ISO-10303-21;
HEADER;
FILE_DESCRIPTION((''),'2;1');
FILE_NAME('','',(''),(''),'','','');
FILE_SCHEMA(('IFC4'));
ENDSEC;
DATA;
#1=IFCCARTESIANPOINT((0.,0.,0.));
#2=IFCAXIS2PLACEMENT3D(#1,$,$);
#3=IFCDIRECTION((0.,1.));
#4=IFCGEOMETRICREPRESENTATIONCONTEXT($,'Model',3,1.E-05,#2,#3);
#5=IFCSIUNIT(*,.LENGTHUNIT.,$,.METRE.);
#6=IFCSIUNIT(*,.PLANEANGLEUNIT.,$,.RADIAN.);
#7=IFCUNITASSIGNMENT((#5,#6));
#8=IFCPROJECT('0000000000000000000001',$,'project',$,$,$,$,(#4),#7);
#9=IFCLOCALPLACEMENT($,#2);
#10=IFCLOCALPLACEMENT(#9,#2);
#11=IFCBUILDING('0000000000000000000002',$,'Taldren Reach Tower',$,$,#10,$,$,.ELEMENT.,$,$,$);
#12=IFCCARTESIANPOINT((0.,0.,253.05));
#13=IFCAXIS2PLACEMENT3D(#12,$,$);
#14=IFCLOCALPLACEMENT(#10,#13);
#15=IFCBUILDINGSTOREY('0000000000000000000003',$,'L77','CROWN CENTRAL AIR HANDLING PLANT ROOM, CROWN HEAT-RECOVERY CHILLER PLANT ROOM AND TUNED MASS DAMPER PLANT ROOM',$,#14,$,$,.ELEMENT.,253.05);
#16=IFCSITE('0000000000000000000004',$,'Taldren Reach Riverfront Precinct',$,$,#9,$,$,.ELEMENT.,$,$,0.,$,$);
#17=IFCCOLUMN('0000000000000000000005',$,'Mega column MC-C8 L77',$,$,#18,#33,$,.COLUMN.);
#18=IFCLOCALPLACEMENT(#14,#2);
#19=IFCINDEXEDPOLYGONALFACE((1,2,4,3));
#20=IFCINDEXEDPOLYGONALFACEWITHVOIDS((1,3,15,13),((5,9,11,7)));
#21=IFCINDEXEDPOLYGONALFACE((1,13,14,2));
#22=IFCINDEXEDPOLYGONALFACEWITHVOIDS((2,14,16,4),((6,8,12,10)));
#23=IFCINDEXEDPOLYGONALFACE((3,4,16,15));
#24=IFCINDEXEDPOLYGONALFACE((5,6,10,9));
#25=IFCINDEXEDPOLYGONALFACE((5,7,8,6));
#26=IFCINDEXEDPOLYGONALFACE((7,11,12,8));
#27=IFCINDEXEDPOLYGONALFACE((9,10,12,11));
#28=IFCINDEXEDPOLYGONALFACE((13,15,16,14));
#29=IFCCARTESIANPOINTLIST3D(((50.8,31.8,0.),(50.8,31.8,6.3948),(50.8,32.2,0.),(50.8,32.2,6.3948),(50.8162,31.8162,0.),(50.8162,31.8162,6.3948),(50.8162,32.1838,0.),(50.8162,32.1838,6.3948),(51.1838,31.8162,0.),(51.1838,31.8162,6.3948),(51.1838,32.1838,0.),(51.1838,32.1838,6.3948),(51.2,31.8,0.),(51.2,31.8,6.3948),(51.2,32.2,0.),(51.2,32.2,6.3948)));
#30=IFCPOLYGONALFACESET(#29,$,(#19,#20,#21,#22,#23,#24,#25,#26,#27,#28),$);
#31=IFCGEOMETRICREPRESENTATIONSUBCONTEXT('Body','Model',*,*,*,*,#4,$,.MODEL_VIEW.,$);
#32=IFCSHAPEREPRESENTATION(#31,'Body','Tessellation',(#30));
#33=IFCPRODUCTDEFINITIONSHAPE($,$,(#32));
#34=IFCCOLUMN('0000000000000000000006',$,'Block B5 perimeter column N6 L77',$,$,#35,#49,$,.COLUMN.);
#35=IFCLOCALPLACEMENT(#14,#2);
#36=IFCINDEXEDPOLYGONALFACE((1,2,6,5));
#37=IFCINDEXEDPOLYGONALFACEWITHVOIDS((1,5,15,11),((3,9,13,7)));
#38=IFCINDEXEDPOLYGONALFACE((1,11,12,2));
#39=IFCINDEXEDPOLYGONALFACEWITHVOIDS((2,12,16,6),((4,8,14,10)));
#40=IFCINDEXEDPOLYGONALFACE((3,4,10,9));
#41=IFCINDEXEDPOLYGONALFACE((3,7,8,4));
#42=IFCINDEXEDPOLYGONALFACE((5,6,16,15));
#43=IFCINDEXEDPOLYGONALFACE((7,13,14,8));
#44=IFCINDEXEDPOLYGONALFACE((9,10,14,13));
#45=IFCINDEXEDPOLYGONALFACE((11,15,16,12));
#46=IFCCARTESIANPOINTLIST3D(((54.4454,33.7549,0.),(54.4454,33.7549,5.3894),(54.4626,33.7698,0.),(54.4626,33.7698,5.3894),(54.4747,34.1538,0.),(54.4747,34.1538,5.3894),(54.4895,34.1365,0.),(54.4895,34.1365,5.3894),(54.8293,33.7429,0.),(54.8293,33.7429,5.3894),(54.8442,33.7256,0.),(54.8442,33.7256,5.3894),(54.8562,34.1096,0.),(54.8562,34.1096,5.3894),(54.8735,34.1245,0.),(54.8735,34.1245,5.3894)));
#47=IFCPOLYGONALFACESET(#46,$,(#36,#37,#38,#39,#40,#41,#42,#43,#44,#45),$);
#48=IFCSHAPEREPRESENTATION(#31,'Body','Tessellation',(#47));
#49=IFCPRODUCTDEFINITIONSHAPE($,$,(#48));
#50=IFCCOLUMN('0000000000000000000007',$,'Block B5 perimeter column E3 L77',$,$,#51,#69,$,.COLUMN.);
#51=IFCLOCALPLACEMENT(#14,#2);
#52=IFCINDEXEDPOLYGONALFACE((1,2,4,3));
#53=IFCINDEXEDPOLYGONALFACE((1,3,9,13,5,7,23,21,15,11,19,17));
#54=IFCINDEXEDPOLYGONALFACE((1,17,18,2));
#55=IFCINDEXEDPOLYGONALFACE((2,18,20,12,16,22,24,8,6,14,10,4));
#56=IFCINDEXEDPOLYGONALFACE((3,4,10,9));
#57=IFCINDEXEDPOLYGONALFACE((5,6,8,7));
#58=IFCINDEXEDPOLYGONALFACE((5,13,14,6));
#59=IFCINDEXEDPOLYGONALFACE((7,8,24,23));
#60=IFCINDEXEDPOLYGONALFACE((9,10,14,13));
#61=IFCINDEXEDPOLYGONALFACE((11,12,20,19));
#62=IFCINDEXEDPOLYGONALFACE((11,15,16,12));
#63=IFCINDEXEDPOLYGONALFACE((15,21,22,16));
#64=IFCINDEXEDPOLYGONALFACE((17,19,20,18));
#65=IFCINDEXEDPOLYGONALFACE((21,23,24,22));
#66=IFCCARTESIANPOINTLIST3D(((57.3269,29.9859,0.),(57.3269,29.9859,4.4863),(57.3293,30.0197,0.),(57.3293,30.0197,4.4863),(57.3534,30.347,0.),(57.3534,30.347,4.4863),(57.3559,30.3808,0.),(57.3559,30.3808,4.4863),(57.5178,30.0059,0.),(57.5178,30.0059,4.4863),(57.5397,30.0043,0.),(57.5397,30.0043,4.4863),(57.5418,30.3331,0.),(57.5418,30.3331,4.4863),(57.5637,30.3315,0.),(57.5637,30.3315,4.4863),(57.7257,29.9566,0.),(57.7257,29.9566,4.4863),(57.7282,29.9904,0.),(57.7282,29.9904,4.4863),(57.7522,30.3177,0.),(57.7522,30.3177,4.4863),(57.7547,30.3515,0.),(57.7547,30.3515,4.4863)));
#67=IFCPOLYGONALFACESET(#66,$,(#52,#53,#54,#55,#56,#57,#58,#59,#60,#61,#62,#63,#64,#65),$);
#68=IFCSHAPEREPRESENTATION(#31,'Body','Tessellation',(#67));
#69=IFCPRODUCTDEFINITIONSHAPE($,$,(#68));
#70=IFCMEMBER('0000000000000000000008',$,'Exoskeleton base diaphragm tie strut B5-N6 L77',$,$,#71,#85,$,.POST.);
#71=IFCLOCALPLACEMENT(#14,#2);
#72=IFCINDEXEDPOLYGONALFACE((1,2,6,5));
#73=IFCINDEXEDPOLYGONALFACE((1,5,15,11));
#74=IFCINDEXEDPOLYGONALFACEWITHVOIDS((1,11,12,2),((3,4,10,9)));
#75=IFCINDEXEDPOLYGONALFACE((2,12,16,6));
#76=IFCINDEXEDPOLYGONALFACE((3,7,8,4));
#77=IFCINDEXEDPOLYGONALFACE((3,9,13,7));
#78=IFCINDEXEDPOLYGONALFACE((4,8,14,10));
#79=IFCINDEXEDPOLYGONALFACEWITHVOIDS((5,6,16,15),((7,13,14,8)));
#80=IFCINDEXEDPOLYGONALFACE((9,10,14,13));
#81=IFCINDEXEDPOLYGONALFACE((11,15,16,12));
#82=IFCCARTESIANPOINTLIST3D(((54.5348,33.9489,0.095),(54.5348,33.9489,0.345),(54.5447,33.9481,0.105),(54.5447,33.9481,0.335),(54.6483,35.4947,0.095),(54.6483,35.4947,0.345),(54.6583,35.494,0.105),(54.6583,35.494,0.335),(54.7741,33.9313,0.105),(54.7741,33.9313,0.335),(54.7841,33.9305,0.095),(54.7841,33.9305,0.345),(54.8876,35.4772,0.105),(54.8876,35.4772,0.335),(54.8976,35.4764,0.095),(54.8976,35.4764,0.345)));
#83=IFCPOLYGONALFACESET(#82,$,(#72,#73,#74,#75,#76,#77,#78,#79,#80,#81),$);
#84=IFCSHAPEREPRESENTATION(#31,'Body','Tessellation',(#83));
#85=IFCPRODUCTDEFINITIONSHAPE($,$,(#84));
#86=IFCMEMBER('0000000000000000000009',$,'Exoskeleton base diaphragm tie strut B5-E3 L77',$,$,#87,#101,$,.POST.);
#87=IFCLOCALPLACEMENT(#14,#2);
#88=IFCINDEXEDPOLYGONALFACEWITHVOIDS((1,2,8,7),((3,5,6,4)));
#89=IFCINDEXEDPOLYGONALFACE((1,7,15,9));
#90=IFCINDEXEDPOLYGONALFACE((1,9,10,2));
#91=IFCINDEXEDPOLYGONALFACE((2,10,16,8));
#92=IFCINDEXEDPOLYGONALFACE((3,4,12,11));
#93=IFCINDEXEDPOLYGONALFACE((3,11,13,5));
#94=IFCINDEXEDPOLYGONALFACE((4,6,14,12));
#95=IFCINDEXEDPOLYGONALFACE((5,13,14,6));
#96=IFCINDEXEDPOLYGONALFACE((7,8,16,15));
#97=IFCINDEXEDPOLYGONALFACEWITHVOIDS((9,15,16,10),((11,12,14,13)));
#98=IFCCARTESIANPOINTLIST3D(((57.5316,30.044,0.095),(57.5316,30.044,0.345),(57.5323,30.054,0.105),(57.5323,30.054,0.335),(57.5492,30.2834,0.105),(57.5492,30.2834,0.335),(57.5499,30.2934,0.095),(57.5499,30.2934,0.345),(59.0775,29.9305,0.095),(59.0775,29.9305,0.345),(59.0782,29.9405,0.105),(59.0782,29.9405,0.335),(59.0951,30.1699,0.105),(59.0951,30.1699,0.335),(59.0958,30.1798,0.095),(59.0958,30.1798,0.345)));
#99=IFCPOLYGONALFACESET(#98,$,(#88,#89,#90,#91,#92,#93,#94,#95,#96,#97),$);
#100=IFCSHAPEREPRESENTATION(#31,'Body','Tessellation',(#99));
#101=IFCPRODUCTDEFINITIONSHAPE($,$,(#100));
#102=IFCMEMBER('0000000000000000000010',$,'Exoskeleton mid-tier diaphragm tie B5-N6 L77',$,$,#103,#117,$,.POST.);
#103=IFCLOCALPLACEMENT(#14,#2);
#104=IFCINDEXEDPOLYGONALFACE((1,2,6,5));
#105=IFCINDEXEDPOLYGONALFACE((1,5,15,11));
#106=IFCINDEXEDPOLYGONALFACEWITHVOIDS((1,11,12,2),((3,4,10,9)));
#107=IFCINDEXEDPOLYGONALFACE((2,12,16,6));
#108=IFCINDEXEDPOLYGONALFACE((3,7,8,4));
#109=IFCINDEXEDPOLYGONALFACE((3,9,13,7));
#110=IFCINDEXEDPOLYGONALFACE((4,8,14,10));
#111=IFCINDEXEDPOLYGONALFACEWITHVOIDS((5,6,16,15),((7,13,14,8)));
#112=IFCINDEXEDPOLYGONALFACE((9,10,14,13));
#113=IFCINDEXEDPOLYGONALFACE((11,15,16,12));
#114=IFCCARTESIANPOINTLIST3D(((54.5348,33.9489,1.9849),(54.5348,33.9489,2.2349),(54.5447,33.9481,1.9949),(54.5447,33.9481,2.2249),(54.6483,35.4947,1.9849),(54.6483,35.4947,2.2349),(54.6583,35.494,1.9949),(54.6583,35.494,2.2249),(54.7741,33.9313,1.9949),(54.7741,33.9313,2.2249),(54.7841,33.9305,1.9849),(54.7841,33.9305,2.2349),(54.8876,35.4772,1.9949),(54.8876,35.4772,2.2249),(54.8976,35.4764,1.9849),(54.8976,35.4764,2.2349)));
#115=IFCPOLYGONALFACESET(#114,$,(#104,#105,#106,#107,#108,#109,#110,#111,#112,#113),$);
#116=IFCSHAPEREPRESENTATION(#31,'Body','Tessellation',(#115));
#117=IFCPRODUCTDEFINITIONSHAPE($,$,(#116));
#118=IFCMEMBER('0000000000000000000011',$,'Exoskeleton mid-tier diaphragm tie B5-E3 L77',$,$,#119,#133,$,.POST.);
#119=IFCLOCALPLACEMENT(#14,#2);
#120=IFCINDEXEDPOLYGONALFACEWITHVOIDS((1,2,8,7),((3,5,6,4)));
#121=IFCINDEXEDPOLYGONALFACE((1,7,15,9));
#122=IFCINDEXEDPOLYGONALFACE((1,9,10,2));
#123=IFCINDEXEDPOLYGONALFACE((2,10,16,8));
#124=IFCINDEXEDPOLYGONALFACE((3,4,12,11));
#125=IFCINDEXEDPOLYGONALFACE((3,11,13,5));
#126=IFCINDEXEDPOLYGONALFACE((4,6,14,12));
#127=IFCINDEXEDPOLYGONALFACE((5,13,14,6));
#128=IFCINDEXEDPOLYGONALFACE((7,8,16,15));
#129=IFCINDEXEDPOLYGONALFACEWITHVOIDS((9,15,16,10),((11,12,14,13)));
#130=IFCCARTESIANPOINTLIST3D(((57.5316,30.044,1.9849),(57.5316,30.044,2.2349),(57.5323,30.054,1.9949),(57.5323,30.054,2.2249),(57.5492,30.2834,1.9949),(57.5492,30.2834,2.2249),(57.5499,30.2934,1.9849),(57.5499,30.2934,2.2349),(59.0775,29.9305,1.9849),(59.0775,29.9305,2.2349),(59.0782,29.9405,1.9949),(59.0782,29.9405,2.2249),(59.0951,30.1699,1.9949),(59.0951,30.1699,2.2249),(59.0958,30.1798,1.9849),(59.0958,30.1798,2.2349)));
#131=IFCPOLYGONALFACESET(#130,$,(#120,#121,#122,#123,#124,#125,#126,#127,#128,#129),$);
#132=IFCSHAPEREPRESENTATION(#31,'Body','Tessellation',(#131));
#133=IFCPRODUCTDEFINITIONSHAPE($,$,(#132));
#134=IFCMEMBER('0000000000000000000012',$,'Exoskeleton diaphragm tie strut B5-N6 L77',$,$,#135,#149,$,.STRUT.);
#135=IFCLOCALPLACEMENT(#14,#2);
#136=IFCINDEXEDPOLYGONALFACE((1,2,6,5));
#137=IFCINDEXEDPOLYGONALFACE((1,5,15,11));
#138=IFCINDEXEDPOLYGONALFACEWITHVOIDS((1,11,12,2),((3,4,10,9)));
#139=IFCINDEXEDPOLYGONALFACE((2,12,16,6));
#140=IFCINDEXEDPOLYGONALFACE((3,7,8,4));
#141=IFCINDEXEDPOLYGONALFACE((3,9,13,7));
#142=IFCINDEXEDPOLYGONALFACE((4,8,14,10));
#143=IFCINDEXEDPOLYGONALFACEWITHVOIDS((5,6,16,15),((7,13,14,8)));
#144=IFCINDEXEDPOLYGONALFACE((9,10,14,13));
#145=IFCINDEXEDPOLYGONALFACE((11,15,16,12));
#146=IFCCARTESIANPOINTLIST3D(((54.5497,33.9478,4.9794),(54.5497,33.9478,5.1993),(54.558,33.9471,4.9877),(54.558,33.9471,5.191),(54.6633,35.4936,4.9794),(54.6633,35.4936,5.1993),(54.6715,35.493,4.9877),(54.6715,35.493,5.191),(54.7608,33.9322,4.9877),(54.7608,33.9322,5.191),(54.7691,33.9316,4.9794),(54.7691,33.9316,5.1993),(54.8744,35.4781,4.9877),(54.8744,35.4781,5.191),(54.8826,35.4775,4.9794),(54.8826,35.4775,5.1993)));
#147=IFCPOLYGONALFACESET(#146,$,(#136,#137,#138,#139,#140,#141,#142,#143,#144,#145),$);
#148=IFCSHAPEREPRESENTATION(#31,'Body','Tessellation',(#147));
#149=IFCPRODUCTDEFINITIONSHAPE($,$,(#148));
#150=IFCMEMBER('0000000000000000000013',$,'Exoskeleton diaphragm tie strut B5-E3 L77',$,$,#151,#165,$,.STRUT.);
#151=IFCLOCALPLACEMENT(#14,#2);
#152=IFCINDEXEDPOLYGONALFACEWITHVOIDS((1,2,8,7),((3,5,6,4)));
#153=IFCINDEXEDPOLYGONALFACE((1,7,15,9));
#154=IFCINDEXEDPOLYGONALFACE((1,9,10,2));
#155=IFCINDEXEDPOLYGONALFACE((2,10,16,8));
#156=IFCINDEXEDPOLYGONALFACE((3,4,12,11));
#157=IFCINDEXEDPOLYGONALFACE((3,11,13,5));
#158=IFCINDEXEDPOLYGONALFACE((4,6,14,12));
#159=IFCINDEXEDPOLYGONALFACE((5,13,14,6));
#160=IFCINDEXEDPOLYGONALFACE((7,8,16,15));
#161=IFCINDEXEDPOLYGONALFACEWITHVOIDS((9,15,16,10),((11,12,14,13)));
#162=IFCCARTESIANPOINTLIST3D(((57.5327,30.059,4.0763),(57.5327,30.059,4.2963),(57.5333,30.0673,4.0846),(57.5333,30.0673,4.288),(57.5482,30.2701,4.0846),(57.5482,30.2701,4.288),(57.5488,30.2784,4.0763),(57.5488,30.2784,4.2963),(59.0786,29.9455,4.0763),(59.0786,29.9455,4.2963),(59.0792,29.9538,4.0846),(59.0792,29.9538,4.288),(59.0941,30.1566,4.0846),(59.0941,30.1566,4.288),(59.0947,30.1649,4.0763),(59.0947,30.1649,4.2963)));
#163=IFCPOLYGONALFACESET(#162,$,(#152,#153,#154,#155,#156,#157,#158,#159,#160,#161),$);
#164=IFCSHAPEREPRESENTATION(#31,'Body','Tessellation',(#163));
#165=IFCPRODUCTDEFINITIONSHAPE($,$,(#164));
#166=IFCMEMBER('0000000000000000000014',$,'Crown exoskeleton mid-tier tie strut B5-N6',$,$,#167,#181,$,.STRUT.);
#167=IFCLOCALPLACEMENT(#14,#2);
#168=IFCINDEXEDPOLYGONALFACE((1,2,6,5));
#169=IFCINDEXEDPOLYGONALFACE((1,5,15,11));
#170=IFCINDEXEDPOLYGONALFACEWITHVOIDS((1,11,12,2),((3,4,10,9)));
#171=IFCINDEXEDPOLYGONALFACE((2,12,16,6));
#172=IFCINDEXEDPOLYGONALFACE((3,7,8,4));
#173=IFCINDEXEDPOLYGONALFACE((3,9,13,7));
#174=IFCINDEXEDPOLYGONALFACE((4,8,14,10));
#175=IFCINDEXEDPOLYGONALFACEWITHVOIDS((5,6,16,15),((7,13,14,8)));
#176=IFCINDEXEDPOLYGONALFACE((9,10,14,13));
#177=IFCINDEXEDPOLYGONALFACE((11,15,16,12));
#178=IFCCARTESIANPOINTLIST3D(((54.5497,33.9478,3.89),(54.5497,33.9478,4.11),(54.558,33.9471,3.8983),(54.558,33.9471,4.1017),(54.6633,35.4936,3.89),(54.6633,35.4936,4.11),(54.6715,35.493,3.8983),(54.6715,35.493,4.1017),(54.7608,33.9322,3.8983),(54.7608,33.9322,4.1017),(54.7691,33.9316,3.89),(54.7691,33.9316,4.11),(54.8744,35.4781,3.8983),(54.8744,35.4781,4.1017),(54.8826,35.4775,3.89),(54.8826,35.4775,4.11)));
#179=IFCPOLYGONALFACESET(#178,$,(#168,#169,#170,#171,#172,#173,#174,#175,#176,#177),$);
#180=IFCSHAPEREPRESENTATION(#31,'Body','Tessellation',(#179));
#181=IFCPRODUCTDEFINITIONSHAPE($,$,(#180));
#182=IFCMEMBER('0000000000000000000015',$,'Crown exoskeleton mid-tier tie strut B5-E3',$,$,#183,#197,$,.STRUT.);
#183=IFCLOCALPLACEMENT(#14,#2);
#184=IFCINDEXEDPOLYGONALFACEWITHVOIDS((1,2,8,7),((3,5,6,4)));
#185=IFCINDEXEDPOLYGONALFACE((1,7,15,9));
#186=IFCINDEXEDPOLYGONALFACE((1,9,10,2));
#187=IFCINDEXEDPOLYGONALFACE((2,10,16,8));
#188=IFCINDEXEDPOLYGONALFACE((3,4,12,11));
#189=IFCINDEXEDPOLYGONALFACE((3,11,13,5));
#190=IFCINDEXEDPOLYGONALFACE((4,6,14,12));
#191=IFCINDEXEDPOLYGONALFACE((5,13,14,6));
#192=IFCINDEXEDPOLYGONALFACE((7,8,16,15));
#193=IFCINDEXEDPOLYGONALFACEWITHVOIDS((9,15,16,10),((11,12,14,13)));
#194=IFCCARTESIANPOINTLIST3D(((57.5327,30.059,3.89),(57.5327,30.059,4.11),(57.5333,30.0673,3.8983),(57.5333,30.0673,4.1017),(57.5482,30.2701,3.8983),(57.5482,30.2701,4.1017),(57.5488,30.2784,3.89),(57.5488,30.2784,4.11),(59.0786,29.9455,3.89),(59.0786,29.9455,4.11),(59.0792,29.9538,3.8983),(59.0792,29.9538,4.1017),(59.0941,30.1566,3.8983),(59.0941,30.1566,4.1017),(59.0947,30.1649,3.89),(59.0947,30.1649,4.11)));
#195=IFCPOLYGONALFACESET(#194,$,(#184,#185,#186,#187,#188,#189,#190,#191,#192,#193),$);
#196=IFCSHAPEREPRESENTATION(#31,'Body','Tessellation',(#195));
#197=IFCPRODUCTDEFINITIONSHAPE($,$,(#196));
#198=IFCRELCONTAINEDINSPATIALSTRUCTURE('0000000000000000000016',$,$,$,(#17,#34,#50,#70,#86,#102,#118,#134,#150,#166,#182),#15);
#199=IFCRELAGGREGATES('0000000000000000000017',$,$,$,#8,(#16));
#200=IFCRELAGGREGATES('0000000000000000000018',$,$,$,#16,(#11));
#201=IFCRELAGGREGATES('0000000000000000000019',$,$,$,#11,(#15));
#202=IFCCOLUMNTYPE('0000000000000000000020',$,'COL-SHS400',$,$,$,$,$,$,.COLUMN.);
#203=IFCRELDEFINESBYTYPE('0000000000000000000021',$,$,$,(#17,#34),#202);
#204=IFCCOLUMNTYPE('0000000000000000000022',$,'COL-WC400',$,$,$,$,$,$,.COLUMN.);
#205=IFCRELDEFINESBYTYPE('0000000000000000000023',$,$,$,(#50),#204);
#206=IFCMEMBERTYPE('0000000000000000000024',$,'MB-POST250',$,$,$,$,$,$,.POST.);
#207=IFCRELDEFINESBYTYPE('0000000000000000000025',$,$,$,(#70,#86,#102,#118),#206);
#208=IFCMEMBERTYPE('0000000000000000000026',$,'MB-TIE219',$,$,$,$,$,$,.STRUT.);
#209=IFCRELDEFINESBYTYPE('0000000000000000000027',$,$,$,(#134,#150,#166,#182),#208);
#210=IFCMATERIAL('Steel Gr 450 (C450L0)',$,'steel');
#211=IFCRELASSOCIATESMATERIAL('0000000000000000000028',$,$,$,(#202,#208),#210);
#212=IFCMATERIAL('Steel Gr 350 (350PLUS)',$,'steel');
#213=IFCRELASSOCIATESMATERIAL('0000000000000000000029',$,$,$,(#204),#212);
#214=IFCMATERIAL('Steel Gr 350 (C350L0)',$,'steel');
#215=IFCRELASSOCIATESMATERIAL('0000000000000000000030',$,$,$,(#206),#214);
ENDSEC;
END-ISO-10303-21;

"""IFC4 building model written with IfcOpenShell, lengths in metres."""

from ifc_helpers import new_model, si_unit, direction, frame, origin, origin_2d, place, context, subcontext, project, spatial, hollow_rectangle, i_section, extrude, source, transform, mapped, material, material_profile, profile_set, type_object, element, save


model = new_model("IFC4")

# Units and contexts
model_context = context("Model", 3, precision=1e-05, world=origin(), true_north=direction((0.0, 1.0)))
body_context = subcontext(model_context, "Body", "Model", "MODEL_VIEW")
ifc_project = project(units=[si_unit("LENGTHUNIT", "METRE"), si_unit("PLANEANGLEUNIT", "RADIAN")], contexts=[model_context])

# Site, building, storey
site_placement = place(None, origin())
site = spatial("IfcSite", under=ifc_project, at=site_placement, Name="Taldren Reach Riverfront Precinct", CompositionType="ELEMENT", RefElevation=0.0)
building_placement = place(site_placement, origin())
building = spatial("IfcBuilding", under=site, at=building_placement, Name="Taldren Reach Tower", CompositionType="ELEMENT")
storey_placement = place(building_placement, frame((0.0, 0.0, 253.05)))
storey = spatial("IfcBuildingStorey", under=building, at=storey_placement, Name="L77", Description="CROWN CENTRAL AIR HANDLING PLANT ROOM, CROWN HEAT-RECOVERY CHILLER PLANT ROOM AND TUNED MASS DAMPER PLANT ROOM", CompositionType="ELEMENT", Elevation=253.05)

# Columns
ifc_material_1 = material(Name="Steel Gr 450 (C450L0)", Category="steel")
ifc_material_profile_1 = material_profile(ifc_material_1, hollow_rectangle(XDim=0.3999, YDim=0.3999, WallThickness=0.0161, at=origin_2d()), Name="400x400x16.0SHS")
ifc_profile_set_1 = profile_set([ifc_material_profile_1], Name="Steel Gr 450 (C450L0)")
column_type_1 = type_object("IfcColumnType", Name="COL-SHS400", PredefinedType="COLUMN", material=ifc_profile_set_1)
shared_shape_1 = source(origin(), body_context, "Body", "SweptSolid", [
    extrude(hollow_rectangle(XDim=0.3999, YDim=0.3999, WallThickness=0.0161, at=origin_2d()), origin(), (0.0, 0.0, 1.0), 6.3948),
])
column_1_placement = place(storey_placement, frame((51.0, 32.0, 0.0), z_axis=(0.0, 0.0, 1.0), x_axis=(1.0, 0.0, 0.0)))
element("IfcColumn", 1, at=column_1_placement, inside=storey, type_object=column_type_1, Name="Mega column MC-C8 L77", PredefinedType="COLUMN", context=body_context, shape_type="MappedRepresentation", body=[
    mapped(shared_shape_1, transform((0.0, 0.0, 0.0), scale=1.0)),
])
shared_shape_2 = source(origin(), body_context, "Body", "SweptSolid", [
    extrude(hollow_rectangle(XDim=0.3999, YDim=0.3999, WallThickness=0.0161, at=origin_2d()), origin(), (0.0, 0.0, 1.0), 5.3894),
])
column_2_placement = place(storey_placement, frame((54.6594, 33.9397, 0.0), z_axis=(0.0, 0.0, 1.0), x_axis=(0.997314, -0.073238, 0.0)))
element("IfcColumn", 2, at=column_2_placement, inside=storey, type_object=column_type_1, Name="Block B5 perimeter column N6 L77", PredefinedType="COLUMN", context=body_context, shape_type="MappedRepresentation", body=[
    mapped(shared_shape_2, transform((0.0, 0.0, 0.0), scale=1.0)),
])
ifc_material_2 = material(Name="Steel Gr 350 (350PLUS)", Category="steel")
ifc_material_profile_2 = material_profile(ifc_material_2, i_section(OverallWidth=0.3999, OverallDepth=0.396, WebThickness=0.022, FlangeThickness=0.0339, at=origin_2d()), Name="400WC270")
ifc_profile_set_2 = profile_set([ifc_material_profile_2], Name="Steel Gr 350 (350PLUS)")
column_type_2 = type_object("IfcColumnType", Name="COL-WC400", PredefinedType="COLUMN", material=ifc_profile_set_2)
shared_shape_3 = source(origin(), body_context, "Body", "SweptSolid", [
    extrude(i_section(OverallWidth=0.3999, OverallDepth=0.396, WebThickness=0.022, FlangeThickness=0.0339, at=origin_2d()), origin(), (0.0, 0.0, 1.0), 4.4863),
])
column_3_placement = place(storey_placement, frame((57.5408, 30.1687, 0.0), z_axis=(0.0, 0.0, 1.0), x_axis=(0.997314, -0.073238, 0.0)))
element("IfcColumn", 3, at=column_3_placement, inside=storey, type_object=column_type_2, Name="Block B5 perimeter column E3 L77", PredefinedType="COLUMN", context=body_context, shape_type="MappedRepresentation", body=[
    mapped(shared_shape_3, transform((0.0, 0.0, 0.0), scale=1.0)),
])

# Members
ifc_material_3 = material(Name="Steel Gr 350 (C350L0)", Category="steel")
ifc_material_profile_3 = material_profile(ifc_material_3, hollow_rectangle(XDim=0.25, YDim=0.25, WallThickness=0.01, at=origin_2d()), Name="250x250x10.0SHS")
ifc_profile_set_3 = profile_set([ifc_material_profile_3], Name="Steel Gr 350 (C350L0)")
member_type_1 = type_object("IfcMemberType", Name="MB-POST250", PredefinedType="POST", material=ifc_profile_set_3)
shared_shape_4 = source(origin(), body_context, "Body", "SweptSolid", [
    extrude(hollow_rectangle(XDim=0.25, YDim=0.25, WallThickness=0.01, at=origin_2d()), origin(), (0.0, 0.0, 1.0), 1.55),
])
for number, where, z_axis, x_axis, name in (
    (4, (54.6594, 33.9397, 0.22), (0.073239, 0.997314, 0.0), (-0.997314, 0.073239, 0.0), "Exoskeleton base diaphragm tie strut B5-N6 L77"),
    (5, (57.5408, 30.1687, 0.22), (0.997314, -0.073239, 0.0), (0.073239, 0.997314, 0.0), "Exoskeleton base diaphragm tie strut B5-E3 L77"),
    (6, (54.6594, 33.9397, 2.1099), (0.073239, 0.997314, 0.0), (-0.997314, 0.073239, 0.0), "Exoskeleton mid-tier diaphragm tie B5-N6 L77"),
    (7, (57.5408, 30.1687, 2.1099), (0.997314, -0.073239, 0.0), (0.073239, 0.997314, 0.0), "Exoskeleton mid-tier diaphragm tie B5-E3 L77"),
):
    element("IfcMember", number, at=place(storey_placement, frame(where, z_axis=z_axis, x_axis=x_axis)), inside=storey, type_object=member_type_1, Name=name, PredefinedType="POST", context=body_context, shape_type="MappedRepresentation", body=[
        mapped(shared_shape_4, transform((0.0, 0.0, 0.0), scale=1.0)),
    ])
ifc_material_profile_4 = material_profile(ifc_material_1, hollow_rectangle(XDim=0.22, YDim=0.22, WallThickness=0.0083, at=origin_2d()), Name="220x220x8.2SHS")
ifc_profile_set_4 = profile_set([ifc_material_profile_4], Name="Steel Gr 450 (C450L0)")
member_type_2 = type_object("IfcMemberType", Name="MB-TIE219", PredefinedType="STRUT", material=ifc_profile_set_4)
shared_shape_5 = source(origin(), body_context, "Body", "SweptSolid", [
    extrude(hollow_rectangle(XDim=0.22, YDim=0.22, WallThickness=0.0083, at=origin_2d()), origin(), (0.0, 0.0, 1.0), 1.55),
])
for number, where, z_axis, x_axis, name in (
    (8, (54.6594, 33.9397, 5.0894), (0.073239, 0.997314, 0.0), (-0.997314, 0.073239, 0.0), "Exoskeleton diaphragm tie strut B5-N6 L77"),
    (9, (57.5408, 30.1687, 4.1863), (0.997314, -0.073239, 0.0), (0.073239, 0.997314, 0.0), "Exoskeleton diaphragm tie strut B5-E3 L77"),
    (10, (54.6594, 33.9397, 4.0), (0.073239, 0.997314, 0.0), (-0.997314, 0.073239, 0.0), "Crown exoskeleton mid-tier tie strut B5-N6"),
    (11, (57.5408, 30.1687, 4.0), (0.997314, -0.073239, 0.0), (0.073239, 0.997314, 0.0), "Crown exoskeleton mid-tier tie strut B5-E3"),
):
    element("IfcMember", number, at=place(storey_placement, frame(where, z_axis=z_axis, x_axis=x_axis)), inside=storey, type_object=member_type_2, Name=name, PredefinedType="STRUT", context=body_context, shape_type="MappedRepresentation", body=[
        mapped(shared_shape_5, transform((0.0, 0.0, 0.0), scale=1.0)),
    ])

save(model, "model.ifc")
